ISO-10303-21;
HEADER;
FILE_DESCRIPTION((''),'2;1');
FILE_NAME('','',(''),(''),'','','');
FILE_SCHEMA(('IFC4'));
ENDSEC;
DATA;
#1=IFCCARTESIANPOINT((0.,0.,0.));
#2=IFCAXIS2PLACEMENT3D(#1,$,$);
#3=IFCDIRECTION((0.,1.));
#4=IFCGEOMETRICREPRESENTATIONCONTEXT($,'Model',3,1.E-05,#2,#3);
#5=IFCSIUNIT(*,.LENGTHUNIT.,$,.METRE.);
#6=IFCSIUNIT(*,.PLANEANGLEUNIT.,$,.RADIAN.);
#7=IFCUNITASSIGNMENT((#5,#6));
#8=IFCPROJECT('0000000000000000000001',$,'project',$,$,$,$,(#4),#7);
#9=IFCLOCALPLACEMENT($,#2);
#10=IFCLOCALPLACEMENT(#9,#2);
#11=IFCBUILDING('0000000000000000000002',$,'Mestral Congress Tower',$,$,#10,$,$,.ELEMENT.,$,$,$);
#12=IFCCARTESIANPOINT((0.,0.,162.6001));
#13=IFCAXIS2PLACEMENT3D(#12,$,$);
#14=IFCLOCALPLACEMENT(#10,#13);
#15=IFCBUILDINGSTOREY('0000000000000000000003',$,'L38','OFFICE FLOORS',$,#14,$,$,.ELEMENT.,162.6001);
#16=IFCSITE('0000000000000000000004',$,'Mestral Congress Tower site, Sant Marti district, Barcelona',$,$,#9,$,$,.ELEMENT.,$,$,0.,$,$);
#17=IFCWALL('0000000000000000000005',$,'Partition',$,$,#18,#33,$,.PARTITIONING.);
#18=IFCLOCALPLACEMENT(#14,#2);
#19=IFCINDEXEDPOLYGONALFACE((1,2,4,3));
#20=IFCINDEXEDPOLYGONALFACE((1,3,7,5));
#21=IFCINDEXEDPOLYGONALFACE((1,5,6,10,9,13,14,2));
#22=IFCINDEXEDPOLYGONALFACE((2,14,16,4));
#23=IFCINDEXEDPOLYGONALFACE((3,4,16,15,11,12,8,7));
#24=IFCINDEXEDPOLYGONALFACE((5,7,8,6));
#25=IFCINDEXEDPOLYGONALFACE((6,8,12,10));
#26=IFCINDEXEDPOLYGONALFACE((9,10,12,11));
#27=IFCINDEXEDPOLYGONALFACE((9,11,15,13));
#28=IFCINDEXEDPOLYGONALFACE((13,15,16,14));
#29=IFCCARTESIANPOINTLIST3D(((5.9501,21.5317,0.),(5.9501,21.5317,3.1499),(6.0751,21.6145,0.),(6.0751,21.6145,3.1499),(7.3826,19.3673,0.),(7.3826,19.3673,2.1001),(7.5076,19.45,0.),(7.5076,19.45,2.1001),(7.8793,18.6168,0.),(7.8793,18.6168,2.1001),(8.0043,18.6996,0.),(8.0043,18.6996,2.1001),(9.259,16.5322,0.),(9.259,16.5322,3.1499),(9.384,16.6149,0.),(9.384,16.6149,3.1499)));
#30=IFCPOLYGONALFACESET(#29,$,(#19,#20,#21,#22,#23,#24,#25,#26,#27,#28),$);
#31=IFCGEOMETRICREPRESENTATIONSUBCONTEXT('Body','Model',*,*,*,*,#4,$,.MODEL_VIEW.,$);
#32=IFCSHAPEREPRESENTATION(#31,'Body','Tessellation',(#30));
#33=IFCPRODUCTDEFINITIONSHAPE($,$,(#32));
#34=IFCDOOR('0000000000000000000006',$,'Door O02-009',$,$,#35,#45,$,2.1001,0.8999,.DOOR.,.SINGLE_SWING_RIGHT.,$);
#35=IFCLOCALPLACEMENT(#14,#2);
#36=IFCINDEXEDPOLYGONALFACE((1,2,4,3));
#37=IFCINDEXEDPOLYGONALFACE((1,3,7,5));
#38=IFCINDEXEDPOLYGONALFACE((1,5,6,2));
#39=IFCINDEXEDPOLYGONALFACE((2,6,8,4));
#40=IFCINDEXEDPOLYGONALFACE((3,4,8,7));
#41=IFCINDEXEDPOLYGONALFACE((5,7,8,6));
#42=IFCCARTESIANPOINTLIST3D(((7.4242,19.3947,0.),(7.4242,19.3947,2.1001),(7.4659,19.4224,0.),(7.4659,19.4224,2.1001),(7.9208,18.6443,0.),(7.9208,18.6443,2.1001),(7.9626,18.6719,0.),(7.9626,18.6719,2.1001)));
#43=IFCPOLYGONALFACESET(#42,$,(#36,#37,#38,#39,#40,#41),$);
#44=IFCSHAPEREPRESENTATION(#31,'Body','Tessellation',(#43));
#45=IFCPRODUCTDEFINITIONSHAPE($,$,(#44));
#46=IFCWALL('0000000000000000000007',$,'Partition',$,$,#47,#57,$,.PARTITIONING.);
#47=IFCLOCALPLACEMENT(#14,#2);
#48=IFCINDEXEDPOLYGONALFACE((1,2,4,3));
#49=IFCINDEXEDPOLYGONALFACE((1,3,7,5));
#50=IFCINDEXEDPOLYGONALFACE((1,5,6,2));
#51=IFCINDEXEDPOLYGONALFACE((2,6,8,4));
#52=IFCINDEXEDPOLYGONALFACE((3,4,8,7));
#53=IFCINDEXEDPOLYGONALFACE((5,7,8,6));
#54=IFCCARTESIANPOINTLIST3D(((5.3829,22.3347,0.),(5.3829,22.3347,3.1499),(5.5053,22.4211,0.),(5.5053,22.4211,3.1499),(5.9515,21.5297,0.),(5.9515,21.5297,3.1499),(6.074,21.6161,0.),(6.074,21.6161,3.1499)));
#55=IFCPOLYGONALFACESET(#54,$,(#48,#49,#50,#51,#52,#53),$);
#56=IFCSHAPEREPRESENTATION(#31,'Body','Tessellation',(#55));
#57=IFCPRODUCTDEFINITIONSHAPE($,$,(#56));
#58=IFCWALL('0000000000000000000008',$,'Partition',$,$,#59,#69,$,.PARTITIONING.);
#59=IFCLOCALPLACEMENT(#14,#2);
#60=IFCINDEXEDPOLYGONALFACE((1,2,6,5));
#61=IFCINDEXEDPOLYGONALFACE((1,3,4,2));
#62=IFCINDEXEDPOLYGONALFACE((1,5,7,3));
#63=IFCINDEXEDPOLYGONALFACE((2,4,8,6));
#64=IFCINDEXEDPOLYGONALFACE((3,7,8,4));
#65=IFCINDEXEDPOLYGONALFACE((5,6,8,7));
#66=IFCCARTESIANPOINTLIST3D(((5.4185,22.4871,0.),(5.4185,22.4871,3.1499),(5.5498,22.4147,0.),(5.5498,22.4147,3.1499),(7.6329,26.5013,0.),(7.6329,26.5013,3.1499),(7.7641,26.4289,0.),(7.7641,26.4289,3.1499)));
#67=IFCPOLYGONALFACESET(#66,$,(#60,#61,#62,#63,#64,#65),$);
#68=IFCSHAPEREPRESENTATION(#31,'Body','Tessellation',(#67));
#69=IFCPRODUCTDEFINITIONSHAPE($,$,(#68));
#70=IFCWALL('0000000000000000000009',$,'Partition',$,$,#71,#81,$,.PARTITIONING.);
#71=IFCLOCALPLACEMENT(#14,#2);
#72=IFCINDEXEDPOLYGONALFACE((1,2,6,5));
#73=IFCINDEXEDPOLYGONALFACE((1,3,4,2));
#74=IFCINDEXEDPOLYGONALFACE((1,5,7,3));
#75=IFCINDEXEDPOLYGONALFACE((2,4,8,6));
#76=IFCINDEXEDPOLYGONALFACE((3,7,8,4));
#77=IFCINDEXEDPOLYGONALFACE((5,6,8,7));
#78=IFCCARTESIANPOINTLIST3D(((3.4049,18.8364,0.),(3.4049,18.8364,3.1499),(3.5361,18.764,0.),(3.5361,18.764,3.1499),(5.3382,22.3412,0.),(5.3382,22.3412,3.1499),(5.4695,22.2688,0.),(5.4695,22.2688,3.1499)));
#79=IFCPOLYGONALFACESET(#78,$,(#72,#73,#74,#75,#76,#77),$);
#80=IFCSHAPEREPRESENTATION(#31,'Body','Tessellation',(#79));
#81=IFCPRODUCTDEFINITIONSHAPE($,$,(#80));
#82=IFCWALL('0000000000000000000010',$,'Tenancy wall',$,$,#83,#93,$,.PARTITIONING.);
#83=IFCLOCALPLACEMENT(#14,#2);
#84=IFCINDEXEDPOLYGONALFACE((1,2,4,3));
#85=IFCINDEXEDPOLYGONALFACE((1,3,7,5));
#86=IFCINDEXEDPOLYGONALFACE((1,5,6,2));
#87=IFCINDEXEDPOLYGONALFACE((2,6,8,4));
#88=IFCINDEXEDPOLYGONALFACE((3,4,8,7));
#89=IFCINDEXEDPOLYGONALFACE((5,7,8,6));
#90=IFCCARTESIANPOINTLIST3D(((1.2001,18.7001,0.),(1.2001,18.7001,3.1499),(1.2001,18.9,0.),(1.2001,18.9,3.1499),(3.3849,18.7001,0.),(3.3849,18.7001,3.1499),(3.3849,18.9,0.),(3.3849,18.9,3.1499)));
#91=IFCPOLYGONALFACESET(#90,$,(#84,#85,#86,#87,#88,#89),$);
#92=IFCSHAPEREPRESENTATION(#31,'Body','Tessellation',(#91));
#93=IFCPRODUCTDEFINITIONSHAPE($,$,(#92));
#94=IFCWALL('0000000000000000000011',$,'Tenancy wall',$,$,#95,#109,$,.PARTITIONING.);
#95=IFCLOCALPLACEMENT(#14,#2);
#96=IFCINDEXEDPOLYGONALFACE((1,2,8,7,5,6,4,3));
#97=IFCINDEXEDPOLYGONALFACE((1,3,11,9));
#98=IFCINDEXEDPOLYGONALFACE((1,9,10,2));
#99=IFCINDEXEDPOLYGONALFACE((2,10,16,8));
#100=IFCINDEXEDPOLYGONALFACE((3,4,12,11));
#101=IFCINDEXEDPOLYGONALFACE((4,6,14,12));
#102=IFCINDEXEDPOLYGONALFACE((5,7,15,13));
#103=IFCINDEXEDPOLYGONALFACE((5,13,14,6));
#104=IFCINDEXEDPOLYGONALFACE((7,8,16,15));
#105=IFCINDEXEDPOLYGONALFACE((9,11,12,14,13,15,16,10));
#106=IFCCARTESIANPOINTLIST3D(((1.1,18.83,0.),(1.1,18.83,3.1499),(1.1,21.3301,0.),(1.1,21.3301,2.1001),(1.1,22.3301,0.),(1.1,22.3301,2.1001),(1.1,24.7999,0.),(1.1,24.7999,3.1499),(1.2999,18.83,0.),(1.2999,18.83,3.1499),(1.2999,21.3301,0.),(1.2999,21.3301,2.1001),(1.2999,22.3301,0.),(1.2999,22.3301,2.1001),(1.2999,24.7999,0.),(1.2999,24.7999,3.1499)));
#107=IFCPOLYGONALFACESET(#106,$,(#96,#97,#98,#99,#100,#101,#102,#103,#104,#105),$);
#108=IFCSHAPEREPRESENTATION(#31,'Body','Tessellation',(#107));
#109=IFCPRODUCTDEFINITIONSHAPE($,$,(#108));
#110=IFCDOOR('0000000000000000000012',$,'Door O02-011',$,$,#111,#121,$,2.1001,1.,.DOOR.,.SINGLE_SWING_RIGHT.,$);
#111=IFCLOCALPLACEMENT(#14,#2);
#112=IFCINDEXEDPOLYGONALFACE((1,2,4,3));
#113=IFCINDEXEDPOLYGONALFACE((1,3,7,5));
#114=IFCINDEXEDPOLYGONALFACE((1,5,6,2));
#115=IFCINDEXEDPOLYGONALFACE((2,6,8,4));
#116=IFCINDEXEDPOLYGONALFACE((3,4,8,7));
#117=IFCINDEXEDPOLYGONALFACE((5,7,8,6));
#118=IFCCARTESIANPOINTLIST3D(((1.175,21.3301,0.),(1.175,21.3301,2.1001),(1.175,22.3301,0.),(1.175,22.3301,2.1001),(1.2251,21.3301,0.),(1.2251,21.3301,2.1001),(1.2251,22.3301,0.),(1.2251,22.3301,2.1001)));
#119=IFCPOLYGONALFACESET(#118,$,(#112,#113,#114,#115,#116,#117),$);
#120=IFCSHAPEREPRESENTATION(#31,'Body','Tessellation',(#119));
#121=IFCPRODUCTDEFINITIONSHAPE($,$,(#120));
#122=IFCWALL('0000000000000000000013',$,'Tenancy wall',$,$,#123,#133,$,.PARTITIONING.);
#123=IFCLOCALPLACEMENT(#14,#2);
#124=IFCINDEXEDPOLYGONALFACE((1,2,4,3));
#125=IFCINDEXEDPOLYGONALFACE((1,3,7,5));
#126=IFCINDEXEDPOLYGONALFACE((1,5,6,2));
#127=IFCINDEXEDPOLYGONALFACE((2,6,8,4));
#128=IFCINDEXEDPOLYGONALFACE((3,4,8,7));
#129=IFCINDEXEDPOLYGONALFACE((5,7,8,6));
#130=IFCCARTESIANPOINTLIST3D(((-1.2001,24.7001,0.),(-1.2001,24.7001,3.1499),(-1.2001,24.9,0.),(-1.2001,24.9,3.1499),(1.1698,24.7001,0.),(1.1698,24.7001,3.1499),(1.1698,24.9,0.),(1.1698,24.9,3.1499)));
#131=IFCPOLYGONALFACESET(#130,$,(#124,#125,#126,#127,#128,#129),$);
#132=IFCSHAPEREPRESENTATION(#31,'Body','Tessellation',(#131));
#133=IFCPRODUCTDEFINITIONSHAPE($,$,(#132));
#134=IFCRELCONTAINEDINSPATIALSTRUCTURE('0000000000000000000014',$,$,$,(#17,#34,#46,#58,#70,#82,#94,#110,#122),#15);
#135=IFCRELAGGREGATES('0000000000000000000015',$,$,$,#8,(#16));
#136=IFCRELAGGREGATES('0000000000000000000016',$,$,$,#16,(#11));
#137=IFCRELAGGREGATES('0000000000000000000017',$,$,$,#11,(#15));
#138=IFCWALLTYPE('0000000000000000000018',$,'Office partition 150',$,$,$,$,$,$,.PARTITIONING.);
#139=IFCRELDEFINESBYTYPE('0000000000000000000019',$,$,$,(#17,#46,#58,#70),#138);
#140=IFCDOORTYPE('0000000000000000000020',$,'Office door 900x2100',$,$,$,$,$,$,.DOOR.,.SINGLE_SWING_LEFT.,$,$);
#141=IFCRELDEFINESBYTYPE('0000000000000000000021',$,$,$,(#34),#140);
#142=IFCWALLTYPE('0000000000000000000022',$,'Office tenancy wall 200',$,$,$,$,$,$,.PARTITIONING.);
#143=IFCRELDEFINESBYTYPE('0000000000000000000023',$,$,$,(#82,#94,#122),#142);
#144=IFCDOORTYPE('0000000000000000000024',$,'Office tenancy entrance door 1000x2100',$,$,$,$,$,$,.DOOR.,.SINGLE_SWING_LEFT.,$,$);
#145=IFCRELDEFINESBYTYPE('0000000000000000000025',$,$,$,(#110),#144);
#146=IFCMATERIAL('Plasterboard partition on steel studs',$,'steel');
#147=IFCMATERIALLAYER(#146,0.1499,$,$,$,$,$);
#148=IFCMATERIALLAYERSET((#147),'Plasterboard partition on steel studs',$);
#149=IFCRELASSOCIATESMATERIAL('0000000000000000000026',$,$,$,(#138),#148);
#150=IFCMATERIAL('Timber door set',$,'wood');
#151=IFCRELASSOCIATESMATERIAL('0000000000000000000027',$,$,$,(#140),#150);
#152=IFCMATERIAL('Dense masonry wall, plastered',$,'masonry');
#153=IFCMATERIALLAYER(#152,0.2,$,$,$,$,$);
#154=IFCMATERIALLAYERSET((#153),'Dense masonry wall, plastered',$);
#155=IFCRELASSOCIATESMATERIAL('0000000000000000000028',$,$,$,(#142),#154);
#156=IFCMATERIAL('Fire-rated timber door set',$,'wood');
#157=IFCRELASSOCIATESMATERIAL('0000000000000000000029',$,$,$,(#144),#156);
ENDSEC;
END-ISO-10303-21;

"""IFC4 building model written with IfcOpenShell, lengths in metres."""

from ifc_helpers import new_model, si_unit, direction, frame, frame_2d, origin, place, context, subcontext, project, spatial, rectangle, extrude, material, layer, layer_set, type_object, element, fill, save


model = new_model("IFC4")

# Units and contexts
model_context = context("Model", 3, precision=1e-05, world=origin(), true_north=direction((0.0, 1.0)))
body_context = subcontext(model_context, "Body", "Model", "MODEL_VIEW")
ifc_project = project(units=[si_unit("LENGTHUNIT", "METRE"), si_unit("PLANEANGLEUNIT", "RADIAN")], contexts=[model_context])

# Site, building, storey
site_placement = place(None, origin())
site = spatial("IfcSite", under=ifc_project, at=site_placement, Name="Mestral Congress Tower site, Sant Marti district, Barcelona", CompositionType="ELEMENT", RefElevation=0.0)
building_placement = place(site_placement, origin())
building = spatial("IfcBuilding", under=site, at=building_placement, Name="Mestral Congress Tower", CompositionType="ELEMENT")
storey_placement = place(building_placement, frame((0.0, 0.0, 162.6001)))
storey = spatial("IfcBuildingStorey", under=building, at=storey_placement, Name="L38", Description="OFFICE FLOORS", CompositionType="ELEMENT", Elevation=162.6001)

# Wall, opening, door
ifc_material_1 = material(Name="Plasterboard partition on steel studs", Category="steel")
ifc_layer_1 = layer(ifc_material_1, 0.1499)
ifc_layer_set_1 = layer_set([ifc_layer_1], Name="Plasterboard partition on steel studs")
wall_type_1 = type_object("IfcWallType", Name="Office partition 150", PredefinedType="PARTITIONING", material=ifc_layer_set_1)
wall_1_placement = place(storey_placement, frame((6.0127, 21.573, 0.0), z_axis=(0.0, 0.0, 1.0), x_axis=(0.551906, -0.833906, 0.0)))
wall_1 = element("IfcWall", 1, at=wall_1_placement, inside=storey, type_object=wall_type_1, Name="Partition", PredefinedType="PARTITIONING", context=body_context, shape_type="SweptSolid", body=[
    extrude(rectangle(XDim=5.9954, YDim=0.1499, at=frame_2d((2.9976, 0.0))), origin(), (0.0, 0.0, 1.0), 3.1499),
])
opening_1_placement = place(wall_1_placement, frame((2.5955, 0.0, 0.0)))
opening_1 = element("IfcOpeningElement", 2, at=opening_1_placement, cuts=wall_1, PredefinedType="OPENING", context=body_context, shape_type="SweptSolid", body=[
    extrude(rectangle(XDim=0.8999, YDim=2.1001, at=frame_2d((0.45, 1.05))), frame((0.0, 0.085, 0.0), z_axis=(0.0, -1.0, 0.0), x_axis=(1.0, 0.0, 0.0)), (0.0, 0.0, 1.0), 0.1699),
])
ifc_material_2 = material(Name="Timber door set", Category="wood")
door_type_1 = type_object("IfcDoorType", Name="Office door 900x2100", OperationType="SINGLE_SWING_LEFT", PredefinedType="DOOR", material=ifc_material_2)
door_1_placement = place(opening_1_placement, origin())
door_1 = element("IfcDoor", 3, at=door_1_placement, inside=storey, type_object=door_type_1, Name="Door O02-009", OperationType="SINGLE_SWING_RIGHT", OverallHeight=2.1001, OverallWidth=0.8999, PredefinedType="DOOR", context=body_context, shape_type="SweptSolid", body=[
    extrude(rectangle(XDim=0.8999, YDim=2.1001, at=frame_2d((0.45, 1.05))), frame((0.0, 0.0249, 0.0), z_axis=(0.0, -1.0, 0.0), x_axis=(1.0, 0.0, 0.0)), (0.0, 0.0, 1.0), 0.05),
])
fill(opening_1, door_1)

# Walls
wall_2_placement = place(storey_placement, frame((6.0127, 21.573, 0.0), z_axis=(0.0, 0.0, 1.0), x_axis=(-0.576965, 0.816769, 0.0)))
element("IfcWall", 4, at=wall_2_placement, inside=storey, type_object=wall_type_1, Name="Partition", PredefinedType="PARTITIONING", context=body_context, shape_type="SweptSolid", body=[
    extrude(rectangle(XDim=0.9856, YDim=0.1499, at=frame_2d((0.4927, 0.0))), origin(), (0.0, 0.0, 1.0), 3.1499),
])
wall_3_placement = place(storey_placement, frame((5.4841, 22.4509, 0.0), z_axis=(0.0, 0.0, 1.0), x_axis=(0.483018, 0.87561, 0.0)))
element("IfcWall", 5, at=wall_3_placement, inside=storey, type_object=wall_type_1, Name="Partition", PredefinedType="PARTITIONING", context=body_context, shape_type="SweptSolid", body=[
    extrude(rectangle(XDim=4.5845, YDim=0.1499, at=frame_2d((2.2922, 0.0))), origin(), (0.0, 0.0, 1.0), 3.1499),
])
wall_4_placement = place(storey_placement, frame((3.4705, 18.8, 0.0), z_axis=(0.0, 0.0, 1.0), x_axis=(0.483005, 0.875618, 0.0)))
element("IfcWall", 6, at=wall_4_placement, inside=storey, type_object=wall_type_1, Name="Partition", PredefinedType="PARTITIONING", context=body_context, shape_type="SweptSolid", body=[
    extrude(rectangle(XDim=4.0027, YDim=0.1499, at=frame_2d((2.0015, 0.0))), origin(), (0.0, 0.0, 1.0), 3.1499),
])
ifc_material_3 = material(Name="Dense masonry wall, plastered", Category="masonry")
ifc_layer_2 = layer(ifc_material_3, 0.2)
ifc_layer_set_2 = layer_set([ifc_layer_2], Name="Dense masonry wall, plastered")
wall_type_2 = type_object("IfcWallType", Name="Office tenancy wall 200", PredefinedType="PARTITIONING", material=ifc_layer_set_2)
wall_5_placement = place(storey_placement, frame((3.3848, 18.8, 0.0), z_axis=(0.0, 0.0, 1.0), x_axis=(-1.0, 0.0, 0.0)))
element("IfcWall", 7, at=wall_5_placement, inside=storey, type_object=wall_type_2, Name="Tenancy wall", PredefinedType="PARTITIONING", context=body_context, shape_type="SweptSolid", body=[
    extrude(rectangle(XDim=2.1848, YDim=0.2, at=frame_2d((1.0923, 0.0))), origin(), (0.0, 0.0, 1.0), 3.1499),
])

# Wall, opening, door
wall_6_placement = place(storey_placement, frame((1.2, 18.8301, 0.0), z_axis=(0.0, 0.0, 1.0), x_axis=(0.0, 1.0, 0.0)))
wall_6 = element("IfcWall", 8, at=wall_6_placement, inside=storey, type_object=wall_type_2, Name="Tenancy wall", PredefinedType="PARTITIONING", context=body_context, shape_type="SweptSolid", body=[
    extrude(rectangle(XDim=5.97, YDim=0.2, at=frame_2d((2.9849, 0.0))), origin(), (0.0, 0.0, 1.0), 3.1499),
])
opening_2_placement = place(wall_6_placement, frame((2.5, 0.0, 0.0)))
opening_2 = element("IfcOpeningElement", 9, at=opening_2_placement, cuts=wall_6, PredefinedType="OPENING", context=body_context, shape_type="SweptSolid", body=[
    extrude(rectangle(XDim=1.0, YDim=2.1001, at=frame_2d((0.5, 1.05))), frame((0.0, 0.1099, 0.0), z_axis=(0.0, -1.0, 0.0), x_axis=(1.0, 0.0, 0.0)), (0.0, 0.0, 1.0), 0.22),
])
ifc_material_4 = material(Name="Fire-rated timber door set", Category="wood")
door_type_2 = type_object("IfcDoorType", Name="Office tenancy entrance door 1000x2100", OperationType="SINGLE_SWING_LEFT", PredefinedType="DOOR", material=ifc_material_4)
door_2_placement = place(opening_2_placement, origin())
door_2 = element("IfcDoor", 10, at=door_2_placement, inside=storey, type_object=door_type_2, Name="Door O02-011", OperationType="SINGLE_SWING_RIGHT", OverallHeight=2.1001, OverallWidth=1.0, PredefinedType="DOOR", context=body_context, shape_type="SweptSolid", body=[
    extrude(rectangle(XDim=1.0, YDim=2.1001, at=frame_2d((0.5, 1.05))), frame((0.0, 0.0249, 0.0), z_axis=(0.0, -1.0, 0.0), x_axis=(1.0, 0.0, 0.0)), (0.0, 0.0, 1.0), 0.05),
])
fill(opening_2, door_2)

# Wall
wall_7_placement = place(storey_placement, frame((1.1699, 24.8, 0.0), z_axis=(0.0, 0.0, 1.0), x_axis=(-1.0, 0.0, 0.0)))
element("IfcWall", 11, at=wall_7_placement, inside=storey, type_object=wall_type_2, Name="Tenancy wall", PredefinedType="PARTITIONING", context=body_context, shape_type="SweptSolid", body=[
    extrude(rectangle(XDim=2.3699, YDim=0.2, at=frame_2d((1.1851, 0.0))), origin(), (0.0, 0.0, 1.0), 3.1499),
])

save(model, "model.ifc")
